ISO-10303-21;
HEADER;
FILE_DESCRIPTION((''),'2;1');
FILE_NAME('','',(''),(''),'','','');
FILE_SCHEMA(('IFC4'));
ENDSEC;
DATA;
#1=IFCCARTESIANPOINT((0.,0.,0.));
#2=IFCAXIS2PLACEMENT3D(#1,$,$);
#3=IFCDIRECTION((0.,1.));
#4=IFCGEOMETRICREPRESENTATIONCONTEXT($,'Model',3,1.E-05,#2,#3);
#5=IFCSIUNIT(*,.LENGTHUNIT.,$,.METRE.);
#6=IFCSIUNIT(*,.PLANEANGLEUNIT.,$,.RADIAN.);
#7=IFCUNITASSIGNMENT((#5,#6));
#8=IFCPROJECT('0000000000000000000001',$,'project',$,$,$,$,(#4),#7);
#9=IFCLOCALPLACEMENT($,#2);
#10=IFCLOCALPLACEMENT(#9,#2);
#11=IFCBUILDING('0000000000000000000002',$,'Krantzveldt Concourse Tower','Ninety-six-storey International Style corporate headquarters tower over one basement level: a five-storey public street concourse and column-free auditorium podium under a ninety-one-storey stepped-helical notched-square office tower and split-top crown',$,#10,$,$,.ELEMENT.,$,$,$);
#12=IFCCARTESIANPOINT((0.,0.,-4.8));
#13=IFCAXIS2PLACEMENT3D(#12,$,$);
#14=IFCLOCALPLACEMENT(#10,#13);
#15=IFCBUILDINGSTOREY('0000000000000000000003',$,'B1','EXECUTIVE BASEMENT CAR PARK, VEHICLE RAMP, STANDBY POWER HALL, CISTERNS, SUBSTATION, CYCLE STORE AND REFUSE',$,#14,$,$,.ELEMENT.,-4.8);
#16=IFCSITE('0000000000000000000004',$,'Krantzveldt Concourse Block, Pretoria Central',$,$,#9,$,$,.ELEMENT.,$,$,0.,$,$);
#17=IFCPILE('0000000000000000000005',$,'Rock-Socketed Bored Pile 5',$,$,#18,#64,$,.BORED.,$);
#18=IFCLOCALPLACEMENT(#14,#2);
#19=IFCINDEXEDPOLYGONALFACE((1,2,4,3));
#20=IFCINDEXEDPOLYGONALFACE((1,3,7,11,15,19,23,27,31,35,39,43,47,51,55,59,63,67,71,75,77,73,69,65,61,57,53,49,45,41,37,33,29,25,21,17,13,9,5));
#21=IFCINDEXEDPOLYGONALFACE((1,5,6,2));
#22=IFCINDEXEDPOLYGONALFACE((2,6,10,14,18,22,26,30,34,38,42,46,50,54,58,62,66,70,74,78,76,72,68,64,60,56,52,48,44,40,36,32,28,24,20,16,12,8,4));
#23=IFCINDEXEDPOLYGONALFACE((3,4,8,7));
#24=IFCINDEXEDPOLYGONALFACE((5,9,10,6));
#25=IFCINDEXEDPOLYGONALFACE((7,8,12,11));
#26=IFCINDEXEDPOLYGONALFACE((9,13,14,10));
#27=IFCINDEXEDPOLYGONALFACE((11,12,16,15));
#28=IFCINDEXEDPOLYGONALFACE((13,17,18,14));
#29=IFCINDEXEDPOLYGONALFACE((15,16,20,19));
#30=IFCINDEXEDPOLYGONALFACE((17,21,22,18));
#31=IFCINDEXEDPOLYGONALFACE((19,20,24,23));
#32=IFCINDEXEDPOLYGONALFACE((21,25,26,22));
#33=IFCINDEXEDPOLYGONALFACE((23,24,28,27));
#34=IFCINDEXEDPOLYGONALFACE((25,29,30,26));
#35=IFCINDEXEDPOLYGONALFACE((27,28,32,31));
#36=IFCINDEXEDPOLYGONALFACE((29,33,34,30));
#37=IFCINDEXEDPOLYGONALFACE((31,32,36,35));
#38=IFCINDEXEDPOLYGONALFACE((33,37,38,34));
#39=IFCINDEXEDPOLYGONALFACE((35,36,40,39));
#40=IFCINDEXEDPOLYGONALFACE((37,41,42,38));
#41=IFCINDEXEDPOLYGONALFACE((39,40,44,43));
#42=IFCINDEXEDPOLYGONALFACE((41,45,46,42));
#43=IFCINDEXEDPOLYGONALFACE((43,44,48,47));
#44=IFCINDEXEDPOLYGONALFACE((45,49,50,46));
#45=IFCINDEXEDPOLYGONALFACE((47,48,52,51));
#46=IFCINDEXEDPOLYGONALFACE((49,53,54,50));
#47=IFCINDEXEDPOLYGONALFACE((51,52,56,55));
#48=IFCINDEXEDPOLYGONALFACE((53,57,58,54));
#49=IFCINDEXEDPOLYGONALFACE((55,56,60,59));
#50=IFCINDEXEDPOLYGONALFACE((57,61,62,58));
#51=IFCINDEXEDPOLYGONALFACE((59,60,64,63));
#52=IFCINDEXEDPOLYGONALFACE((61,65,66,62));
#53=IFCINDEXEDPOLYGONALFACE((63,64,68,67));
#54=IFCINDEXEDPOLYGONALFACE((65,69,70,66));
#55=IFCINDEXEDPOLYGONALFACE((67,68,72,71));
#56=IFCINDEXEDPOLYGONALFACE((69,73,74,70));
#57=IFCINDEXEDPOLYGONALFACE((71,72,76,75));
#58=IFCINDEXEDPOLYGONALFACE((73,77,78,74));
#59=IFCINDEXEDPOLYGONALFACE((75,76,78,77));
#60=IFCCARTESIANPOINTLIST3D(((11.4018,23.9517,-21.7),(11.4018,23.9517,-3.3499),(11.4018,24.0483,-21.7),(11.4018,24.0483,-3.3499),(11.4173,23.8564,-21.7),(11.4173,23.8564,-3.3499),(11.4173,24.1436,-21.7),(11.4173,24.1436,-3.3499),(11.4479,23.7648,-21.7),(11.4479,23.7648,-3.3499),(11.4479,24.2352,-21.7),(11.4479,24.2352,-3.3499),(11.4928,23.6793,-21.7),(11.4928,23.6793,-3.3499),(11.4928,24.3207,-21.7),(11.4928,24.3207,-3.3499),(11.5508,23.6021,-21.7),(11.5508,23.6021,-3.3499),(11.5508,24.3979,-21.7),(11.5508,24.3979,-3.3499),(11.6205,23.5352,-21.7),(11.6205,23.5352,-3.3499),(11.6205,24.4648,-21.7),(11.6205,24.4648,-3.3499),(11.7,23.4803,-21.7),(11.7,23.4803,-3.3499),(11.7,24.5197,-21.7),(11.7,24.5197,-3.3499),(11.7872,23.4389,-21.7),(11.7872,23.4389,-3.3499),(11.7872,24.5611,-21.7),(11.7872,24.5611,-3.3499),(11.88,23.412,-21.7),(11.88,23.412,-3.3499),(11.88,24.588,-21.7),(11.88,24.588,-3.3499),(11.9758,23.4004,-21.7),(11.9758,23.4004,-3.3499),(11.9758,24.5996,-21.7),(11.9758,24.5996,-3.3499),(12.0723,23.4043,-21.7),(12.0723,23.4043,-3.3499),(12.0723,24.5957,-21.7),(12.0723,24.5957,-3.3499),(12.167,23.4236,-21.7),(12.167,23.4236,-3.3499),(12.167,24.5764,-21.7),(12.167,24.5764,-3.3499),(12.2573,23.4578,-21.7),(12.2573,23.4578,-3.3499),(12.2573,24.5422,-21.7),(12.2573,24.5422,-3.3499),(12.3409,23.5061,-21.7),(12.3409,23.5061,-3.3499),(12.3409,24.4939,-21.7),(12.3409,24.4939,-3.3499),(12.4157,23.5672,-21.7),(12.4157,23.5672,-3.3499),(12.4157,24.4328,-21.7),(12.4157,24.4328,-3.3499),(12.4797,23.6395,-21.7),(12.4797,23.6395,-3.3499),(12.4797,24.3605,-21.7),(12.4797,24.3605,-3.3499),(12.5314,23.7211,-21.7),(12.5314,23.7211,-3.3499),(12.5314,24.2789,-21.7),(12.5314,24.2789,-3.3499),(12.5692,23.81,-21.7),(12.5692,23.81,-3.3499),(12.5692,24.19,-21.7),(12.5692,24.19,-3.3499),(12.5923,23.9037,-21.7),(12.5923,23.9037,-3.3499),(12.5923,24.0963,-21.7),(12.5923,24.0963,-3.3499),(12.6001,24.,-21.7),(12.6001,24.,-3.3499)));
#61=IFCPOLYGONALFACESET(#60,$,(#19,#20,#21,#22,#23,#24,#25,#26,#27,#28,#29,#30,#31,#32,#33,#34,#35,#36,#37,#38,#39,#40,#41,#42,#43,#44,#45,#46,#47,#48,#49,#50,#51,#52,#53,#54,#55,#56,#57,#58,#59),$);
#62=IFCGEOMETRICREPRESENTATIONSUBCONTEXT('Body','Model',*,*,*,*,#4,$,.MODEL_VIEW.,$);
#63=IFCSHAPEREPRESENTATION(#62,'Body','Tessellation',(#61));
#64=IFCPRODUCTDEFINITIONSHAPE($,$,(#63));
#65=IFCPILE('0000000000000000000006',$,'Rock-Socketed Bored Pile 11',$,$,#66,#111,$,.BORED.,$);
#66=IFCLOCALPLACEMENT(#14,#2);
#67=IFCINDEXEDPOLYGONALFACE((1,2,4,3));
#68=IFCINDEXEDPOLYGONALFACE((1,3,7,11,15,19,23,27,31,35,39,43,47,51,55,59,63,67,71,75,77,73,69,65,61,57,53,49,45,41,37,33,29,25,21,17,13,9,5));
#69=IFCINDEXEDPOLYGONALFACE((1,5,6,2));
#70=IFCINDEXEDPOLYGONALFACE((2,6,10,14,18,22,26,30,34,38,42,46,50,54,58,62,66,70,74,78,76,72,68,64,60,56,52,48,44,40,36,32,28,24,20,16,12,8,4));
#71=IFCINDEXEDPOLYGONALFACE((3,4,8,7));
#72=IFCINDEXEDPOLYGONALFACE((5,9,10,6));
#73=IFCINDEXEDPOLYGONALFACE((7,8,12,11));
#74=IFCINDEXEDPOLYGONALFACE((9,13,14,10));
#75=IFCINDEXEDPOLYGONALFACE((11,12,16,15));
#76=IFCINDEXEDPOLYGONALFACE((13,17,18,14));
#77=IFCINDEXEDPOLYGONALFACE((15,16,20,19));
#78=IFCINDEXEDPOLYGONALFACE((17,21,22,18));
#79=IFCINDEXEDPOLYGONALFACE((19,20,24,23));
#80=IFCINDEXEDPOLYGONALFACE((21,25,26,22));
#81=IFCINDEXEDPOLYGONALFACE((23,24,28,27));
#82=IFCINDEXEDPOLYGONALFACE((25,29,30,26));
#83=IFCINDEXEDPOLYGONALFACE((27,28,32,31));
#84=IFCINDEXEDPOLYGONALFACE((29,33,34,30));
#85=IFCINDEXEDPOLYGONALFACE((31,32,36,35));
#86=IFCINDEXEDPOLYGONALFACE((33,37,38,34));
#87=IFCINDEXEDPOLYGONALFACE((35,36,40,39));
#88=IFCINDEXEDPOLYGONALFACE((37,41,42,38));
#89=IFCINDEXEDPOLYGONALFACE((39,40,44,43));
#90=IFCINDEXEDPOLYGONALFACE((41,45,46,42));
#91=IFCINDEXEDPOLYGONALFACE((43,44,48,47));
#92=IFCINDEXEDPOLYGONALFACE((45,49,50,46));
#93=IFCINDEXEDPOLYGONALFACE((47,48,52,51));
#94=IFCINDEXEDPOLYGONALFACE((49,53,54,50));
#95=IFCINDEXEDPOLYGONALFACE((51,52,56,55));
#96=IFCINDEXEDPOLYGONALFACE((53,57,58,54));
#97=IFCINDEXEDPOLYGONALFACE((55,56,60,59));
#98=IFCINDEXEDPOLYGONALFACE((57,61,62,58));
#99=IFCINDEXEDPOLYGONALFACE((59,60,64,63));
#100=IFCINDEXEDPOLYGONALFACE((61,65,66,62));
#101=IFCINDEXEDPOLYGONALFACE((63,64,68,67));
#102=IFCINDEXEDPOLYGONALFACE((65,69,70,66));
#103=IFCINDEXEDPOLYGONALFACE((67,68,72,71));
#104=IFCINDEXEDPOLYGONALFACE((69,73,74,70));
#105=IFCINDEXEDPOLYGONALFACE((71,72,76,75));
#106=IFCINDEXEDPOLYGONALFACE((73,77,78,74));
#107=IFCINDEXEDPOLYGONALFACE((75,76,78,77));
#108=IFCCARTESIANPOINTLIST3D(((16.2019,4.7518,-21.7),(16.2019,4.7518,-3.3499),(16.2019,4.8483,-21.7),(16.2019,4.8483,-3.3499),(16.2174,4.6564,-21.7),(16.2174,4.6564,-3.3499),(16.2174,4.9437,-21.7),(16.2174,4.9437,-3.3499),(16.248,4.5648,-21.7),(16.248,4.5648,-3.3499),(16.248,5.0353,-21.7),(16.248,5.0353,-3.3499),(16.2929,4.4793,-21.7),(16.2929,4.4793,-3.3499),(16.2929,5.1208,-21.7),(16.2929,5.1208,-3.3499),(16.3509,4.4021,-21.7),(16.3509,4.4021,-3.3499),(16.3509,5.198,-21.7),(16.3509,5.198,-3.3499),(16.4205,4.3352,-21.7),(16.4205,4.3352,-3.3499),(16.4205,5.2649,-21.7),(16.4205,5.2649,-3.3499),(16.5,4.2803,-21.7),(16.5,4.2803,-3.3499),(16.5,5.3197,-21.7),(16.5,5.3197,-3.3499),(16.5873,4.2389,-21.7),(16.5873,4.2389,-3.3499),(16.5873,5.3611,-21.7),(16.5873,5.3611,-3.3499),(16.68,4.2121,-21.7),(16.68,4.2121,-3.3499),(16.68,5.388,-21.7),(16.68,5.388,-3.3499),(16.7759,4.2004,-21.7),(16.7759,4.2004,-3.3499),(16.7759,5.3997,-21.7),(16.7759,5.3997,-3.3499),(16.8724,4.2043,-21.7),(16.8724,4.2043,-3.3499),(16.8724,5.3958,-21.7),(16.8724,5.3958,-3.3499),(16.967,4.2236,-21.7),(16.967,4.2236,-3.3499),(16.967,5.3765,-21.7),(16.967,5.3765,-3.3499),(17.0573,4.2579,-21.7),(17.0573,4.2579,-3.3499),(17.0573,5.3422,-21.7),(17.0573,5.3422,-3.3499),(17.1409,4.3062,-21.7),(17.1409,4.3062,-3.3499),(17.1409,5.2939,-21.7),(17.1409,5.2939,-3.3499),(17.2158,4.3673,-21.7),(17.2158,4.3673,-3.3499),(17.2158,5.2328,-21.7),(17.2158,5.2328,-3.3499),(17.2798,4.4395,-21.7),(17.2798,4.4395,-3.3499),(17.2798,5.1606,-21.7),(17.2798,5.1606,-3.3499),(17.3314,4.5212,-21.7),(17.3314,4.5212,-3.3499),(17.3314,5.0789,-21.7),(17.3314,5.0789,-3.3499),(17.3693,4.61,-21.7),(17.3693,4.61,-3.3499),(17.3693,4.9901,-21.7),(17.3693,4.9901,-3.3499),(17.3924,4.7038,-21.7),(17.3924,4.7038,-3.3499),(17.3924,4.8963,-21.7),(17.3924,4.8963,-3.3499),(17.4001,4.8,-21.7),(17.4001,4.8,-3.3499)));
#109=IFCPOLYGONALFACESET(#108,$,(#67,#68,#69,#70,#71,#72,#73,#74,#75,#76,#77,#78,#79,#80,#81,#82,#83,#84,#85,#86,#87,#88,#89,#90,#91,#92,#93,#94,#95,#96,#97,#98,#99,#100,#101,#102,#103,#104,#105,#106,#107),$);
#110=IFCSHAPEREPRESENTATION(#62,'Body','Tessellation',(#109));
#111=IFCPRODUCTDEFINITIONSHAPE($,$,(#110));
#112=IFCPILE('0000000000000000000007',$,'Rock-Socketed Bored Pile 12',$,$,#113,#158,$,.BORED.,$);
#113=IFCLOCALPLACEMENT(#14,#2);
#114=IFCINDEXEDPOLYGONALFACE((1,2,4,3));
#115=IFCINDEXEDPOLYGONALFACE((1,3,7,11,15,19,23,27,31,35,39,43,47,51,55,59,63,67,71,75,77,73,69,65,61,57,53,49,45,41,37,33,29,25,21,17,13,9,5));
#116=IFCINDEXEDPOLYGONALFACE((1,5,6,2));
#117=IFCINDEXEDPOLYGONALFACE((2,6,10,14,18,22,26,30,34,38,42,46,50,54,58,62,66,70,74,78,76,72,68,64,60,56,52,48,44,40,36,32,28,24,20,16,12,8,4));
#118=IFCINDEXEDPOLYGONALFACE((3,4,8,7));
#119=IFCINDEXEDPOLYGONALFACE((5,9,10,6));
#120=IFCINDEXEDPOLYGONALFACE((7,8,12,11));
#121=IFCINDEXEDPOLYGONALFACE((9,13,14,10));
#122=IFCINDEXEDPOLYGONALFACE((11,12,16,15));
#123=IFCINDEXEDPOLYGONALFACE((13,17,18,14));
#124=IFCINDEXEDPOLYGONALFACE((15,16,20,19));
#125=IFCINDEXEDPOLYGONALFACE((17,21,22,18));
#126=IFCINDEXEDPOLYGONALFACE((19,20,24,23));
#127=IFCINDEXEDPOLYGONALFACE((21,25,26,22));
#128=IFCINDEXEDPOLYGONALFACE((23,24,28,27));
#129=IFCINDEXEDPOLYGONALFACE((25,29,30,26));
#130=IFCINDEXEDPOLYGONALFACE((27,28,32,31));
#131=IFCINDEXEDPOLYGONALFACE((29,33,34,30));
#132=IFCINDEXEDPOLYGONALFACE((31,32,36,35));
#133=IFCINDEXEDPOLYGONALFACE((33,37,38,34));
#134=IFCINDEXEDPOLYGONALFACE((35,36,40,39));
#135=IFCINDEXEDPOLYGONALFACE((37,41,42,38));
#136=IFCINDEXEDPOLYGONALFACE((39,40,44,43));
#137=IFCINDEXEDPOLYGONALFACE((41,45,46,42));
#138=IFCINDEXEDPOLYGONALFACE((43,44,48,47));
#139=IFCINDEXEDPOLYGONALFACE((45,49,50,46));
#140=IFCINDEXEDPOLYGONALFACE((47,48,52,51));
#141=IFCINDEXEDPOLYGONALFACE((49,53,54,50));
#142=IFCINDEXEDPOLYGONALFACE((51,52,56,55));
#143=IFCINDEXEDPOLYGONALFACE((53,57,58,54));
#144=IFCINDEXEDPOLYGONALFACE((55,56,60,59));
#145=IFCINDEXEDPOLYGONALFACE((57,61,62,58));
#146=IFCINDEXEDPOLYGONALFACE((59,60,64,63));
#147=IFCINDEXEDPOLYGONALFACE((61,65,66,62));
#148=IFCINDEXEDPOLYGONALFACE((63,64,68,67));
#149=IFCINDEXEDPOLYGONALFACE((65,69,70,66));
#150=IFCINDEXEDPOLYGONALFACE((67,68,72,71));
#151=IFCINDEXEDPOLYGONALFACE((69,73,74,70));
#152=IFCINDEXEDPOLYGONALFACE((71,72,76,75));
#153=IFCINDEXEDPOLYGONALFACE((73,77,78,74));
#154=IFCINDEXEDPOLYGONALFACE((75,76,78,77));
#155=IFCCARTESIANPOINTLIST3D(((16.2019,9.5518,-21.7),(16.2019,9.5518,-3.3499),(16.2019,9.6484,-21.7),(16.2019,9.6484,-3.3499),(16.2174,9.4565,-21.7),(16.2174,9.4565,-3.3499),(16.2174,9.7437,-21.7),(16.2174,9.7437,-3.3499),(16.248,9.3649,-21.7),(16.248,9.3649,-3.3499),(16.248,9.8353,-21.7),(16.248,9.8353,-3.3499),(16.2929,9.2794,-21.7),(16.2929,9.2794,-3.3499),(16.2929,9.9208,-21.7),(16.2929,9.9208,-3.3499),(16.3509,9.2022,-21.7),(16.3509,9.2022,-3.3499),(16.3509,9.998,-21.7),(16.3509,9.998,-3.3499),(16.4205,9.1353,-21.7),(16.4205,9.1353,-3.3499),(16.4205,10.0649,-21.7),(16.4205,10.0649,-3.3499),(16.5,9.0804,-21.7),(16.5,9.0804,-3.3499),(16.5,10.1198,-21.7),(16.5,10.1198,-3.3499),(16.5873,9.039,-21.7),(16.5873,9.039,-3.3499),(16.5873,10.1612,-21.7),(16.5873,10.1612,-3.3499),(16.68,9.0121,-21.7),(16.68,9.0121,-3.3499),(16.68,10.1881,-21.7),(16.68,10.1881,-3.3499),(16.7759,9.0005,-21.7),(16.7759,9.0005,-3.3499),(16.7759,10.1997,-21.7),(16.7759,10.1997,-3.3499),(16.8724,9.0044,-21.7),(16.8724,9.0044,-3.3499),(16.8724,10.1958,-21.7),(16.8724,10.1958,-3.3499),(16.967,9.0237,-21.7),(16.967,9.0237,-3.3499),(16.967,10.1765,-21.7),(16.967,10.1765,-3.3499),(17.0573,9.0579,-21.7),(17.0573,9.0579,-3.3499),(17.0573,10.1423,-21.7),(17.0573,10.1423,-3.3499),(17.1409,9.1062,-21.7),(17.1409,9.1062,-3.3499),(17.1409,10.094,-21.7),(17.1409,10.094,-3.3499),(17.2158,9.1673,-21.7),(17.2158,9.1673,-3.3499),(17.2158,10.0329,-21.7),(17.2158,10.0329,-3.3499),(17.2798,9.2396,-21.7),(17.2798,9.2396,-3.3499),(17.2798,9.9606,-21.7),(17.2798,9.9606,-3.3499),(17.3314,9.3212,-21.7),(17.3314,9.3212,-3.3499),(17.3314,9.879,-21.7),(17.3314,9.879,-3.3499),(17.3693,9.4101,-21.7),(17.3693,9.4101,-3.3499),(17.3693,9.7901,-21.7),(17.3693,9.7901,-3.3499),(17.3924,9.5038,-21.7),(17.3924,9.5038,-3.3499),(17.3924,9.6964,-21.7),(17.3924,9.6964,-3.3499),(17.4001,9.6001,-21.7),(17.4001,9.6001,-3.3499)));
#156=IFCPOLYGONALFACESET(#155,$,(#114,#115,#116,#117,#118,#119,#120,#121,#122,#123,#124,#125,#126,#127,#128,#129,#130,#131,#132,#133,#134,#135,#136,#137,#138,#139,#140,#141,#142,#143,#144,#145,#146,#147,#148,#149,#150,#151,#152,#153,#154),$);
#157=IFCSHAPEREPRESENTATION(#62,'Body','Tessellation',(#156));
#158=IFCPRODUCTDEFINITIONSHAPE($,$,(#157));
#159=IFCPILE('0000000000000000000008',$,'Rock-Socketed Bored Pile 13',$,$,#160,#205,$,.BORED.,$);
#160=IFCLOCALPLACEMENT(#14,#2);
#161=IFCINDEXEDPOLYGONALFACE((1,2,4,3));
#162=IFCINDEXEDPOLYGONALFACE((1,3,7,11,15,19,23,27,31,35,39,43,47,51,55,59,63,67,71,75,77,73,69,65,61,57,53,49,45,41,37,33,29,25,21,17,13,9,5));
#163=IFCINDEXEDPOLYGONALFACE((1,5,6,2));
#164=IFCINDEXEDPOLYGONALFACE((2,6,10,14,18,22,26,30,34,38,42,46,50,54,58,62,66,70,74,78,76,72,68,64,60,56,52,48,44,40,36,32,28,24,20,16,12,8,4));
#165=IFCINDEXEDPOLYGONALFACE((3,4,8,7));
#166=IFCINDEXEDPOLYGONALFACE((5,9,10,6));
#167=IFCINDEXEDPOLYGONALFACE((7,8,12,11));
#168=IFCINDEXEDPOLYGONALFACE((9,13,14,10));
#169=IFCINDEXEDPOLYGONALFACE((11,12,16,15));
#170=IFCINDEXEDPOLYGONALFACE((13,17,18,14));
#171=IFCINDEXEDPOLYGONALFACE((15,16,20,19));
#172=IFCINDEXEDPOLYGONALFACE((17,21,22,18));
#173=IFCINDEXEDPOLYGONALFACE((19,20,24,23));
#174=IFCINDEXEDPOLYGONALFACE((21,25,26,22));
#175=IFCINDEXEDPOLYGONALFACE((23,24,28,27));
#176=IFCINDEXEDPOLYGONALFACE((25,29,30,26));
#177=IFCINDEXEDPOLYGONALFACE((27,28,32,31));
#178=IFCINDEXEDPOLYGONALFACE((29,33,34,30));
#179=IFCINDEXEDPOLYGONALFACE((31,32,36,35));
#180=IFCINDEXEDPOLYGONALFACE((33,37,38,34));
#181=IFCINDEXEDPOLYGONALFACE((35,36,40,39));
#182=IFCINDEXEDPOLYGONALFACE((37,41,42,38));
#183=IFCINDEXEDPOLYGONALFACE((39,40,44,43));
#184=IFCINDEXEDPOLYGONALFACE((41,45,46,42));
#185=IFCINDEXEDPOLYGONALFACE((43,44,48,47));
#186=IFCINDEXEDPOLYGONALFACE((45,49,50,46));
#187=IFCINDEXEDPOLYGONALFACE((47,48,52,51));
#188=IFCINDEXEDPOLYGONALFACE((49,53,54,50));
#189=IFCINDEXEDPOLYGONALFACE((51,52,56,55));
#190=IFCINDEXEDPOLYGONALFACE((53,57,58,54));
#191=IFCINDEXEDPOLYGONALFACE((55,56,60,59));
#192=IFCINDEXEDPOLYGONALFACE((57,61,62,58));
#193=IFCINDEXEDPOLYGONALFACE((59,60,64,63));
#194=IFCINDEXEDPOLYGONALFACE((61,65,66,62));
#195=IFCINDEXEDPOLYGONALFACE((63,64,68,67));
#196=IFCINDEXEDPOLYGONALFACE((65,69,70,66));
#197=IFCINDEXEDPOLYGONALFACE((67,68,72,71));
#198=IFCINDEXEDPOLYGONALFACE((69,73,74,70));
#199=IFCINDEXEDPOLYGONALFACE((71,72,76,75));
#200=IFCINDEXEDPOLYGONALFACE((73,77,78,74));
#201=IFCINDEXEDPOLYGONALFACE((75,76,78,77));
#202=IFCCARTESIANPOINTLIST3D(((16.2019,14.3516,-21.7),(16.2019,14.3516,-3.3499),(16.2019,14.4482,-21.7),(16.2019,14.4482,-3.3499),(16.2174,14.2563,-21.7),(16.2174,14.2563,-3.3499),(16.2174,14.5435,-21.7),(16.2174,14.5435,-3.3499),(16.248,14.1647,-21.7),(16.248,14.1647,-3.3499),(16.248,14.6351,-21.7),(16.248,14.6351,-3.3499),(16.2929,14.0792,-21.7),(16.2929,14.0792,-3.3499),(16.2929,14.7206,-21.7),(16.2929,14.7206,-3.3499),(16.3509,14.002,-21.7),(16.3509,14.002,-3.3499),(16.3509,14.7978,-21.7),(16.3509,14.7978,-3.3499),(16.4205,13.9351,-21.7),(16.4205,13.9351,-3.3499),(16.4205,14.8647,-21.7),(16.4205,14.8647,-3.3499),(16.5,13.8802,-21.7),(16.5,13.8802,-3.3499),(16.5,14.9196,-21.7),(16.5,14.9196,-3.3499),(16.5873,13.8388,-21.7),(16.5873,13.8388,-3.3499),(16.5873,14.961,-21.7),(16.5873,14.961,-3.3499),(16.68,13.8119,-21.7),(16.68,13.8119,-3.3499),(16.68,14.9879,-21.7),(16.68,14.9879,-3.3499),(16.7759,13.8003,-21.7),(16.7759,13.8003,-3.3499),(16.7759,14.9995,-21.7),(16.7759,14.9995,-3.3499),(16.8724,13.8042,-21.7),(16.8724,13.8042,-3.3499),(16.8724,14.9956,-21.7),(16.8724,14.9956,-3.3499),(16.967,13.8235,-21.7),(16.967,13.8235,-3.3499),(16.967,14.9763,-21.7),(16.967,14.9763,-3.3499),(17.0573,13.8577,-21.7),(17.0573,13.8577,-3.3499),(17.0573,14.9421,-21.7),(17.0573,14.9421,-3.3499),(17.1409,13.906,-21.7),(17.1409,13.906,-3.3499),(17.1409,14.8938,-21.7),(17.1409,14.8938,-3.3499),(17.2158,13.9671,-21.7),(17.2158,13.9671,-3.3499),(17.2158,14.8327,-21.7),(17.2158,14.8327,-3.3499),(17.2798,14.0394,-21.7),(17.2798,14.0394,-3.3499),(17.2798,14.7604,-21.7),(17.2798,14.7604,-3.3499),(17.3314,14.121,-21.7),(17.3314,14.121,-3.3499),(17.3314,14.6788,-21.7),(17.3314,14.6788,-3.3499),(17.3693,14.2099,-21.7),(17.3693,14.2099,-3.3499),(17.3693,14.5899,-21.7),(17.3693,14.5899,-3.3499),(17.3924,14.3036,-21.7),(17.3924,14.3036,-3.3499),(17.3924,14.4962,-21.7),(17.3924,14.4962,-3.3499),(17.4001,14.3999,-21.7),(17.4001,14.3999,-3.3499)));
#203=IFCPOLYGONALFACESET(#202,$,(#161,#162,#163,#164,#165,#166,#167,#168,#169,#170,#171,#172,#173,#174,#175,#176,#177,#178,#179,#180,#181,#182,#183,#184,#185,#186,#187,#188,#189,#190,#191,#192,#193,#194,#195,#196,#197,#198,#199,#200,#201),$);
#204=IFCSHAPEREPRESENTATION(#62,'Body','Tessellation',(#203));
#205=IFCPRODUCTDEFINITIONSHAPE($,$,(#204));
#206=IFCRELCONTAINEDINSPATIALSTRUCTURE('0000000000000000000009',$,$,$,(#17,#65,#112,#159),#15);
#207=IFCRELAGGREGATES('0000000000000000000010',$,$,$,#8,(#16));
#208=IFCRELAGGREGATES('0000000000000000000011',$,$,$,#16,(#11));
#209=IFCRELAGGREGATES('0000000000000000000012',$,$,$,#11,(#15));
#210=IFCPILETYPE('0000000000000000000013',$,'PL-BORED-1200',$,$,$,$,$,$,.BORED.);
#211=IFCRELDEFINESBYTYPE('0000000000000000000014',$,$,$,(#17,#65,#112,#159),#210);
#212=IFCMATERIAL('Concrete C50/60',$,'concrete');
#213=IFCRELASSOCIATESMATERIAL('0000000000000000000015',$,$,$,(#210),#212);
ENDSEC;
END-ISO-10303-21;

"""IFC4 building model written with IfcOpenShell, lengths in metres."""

from ifc_helpers import new_model, si_unit, direction, frame, origin, origin_2d, place, context, subcontext, project, spatial, circle, extrude, source, transform, mapped, material, material_profile, profile_set, type_object, element, save


model = new_model("IFC4")

# Units and contexts
model_context = context("Model", 3, precision=1e-05, world=origin(), true_north=direction((0.0, 1.0)))
body_context = subcontext(model_context, "Body", "Model", "MODEL_VIEW")
ifc_project = project(units=[si_unit("LENGTHUNIT", "METRE"), si_unit("PLANEANGLEUNIT", "RADIAN")], contexts=[model_context])

# Site, building, storey
site_placement = place(None, origin())
site = spatial("IfcSite", under=ifc_project, at=site_placement, Name="Krantzveldt Concourse Block, Pretoria Central", CompositionType="ELEMENT", RefElevation=0.0)
building_placement = place(site_placement, origin())
building = spatial("IfcBuilding", under=site, at=building_placement, Name="Krantzveldt Concourse Tower", Description="Ninety-six-storey International Style corporate headquarters tower over one basement level: a five-storey public street concourse and column-free auditorium podium under a ninety-one-storey stepped-helical notched-square office tower and split-top crown", CompositionType="ELEMENT")
storey_placement = place(building_placement, frame((0.0, 0.0, -4.8)))
storey = spatial("IfcBuildingStorey", under=building, at=storey_placement, Name="B1", Description="EXECUTIVE BASEMENT CAR PARK, VEHICLE RAMP, STANDBY POWER HALL, CISTERNS, SUBSTATION, CYCLE STORE AND REFUSE", CompositionType="ELEMENT", Elevation=-4.8)

# Shared definitions
ifc_material_1 = material(Name="Concrete C50/60", Category="concrete")
ifc_material_profile_1 = material_profile(ifc_material_1, circle(Radius=0.6001, at=origin_2d()), Name="Concrete C50/60", Category="concrete")
ifc_profile_set_1 = profile_set([ifc_material_profile_1], Name="Concrete C50/60 - PILE D1200")
pile_type = type_object("IfcPileType", Name="PL-BORED-1200", PredefinedType="BORED", material=ifc_profile_set_1)

# Piles
shared_shape_1 = source(origin(), body_context, "Body", "SweptSolid", [
    extrude(circle(Radius=0.6001, at=origin_2d()), origin(), (0.0, 0.0, 1.0), 18.3501),
])
for number, where, z_axis, x_axis, name in (
    (1, (12.0, 24.0, -3.3499), (0.0, 0.0, -1.0), (1.0, 0.0, 0.0), "Rock-Socketed Bored Pile 5"),
    (2, (16.8, 4.8, -3.3499), (0.0, 0.0, -1.0), (1.0, 0.0, 0.0), "Rock-Socketed Bored Pile 11"),
    (3, (16.8, 9.6001, -3.3499), (0.0, 0.0, -1.0), (1.0, 0.0, 0.0), "Rock-Socketed Bored Pile 12"),
    (4, (16.8, 14.3999, -3.3499), (0.0, 0.0, -1.0), (1.0, 0.0, 0.0), "Rock-Socketed Bored Pile 13"),
):
    element("IfcPile", number, at=place(storey_placement, frame(where, z_axis=z_axis, x_axis=x_axis)), inside=storey, type_object=pile_type, Name=name, PredefinedType="BORED", context=body_context, shape_type="MappedRepresentation", body=[
        mapped(shared_shape_1, transform((0.0, 0.0, 0.0), x_axis=(1.0, 0.0, 0.0), y_axis=(0.0, 1.0, 0.0), z_axis=(0.0, 0.0, 1.0), scale=1.0)),
    ])

save(model, "model.ifc")
